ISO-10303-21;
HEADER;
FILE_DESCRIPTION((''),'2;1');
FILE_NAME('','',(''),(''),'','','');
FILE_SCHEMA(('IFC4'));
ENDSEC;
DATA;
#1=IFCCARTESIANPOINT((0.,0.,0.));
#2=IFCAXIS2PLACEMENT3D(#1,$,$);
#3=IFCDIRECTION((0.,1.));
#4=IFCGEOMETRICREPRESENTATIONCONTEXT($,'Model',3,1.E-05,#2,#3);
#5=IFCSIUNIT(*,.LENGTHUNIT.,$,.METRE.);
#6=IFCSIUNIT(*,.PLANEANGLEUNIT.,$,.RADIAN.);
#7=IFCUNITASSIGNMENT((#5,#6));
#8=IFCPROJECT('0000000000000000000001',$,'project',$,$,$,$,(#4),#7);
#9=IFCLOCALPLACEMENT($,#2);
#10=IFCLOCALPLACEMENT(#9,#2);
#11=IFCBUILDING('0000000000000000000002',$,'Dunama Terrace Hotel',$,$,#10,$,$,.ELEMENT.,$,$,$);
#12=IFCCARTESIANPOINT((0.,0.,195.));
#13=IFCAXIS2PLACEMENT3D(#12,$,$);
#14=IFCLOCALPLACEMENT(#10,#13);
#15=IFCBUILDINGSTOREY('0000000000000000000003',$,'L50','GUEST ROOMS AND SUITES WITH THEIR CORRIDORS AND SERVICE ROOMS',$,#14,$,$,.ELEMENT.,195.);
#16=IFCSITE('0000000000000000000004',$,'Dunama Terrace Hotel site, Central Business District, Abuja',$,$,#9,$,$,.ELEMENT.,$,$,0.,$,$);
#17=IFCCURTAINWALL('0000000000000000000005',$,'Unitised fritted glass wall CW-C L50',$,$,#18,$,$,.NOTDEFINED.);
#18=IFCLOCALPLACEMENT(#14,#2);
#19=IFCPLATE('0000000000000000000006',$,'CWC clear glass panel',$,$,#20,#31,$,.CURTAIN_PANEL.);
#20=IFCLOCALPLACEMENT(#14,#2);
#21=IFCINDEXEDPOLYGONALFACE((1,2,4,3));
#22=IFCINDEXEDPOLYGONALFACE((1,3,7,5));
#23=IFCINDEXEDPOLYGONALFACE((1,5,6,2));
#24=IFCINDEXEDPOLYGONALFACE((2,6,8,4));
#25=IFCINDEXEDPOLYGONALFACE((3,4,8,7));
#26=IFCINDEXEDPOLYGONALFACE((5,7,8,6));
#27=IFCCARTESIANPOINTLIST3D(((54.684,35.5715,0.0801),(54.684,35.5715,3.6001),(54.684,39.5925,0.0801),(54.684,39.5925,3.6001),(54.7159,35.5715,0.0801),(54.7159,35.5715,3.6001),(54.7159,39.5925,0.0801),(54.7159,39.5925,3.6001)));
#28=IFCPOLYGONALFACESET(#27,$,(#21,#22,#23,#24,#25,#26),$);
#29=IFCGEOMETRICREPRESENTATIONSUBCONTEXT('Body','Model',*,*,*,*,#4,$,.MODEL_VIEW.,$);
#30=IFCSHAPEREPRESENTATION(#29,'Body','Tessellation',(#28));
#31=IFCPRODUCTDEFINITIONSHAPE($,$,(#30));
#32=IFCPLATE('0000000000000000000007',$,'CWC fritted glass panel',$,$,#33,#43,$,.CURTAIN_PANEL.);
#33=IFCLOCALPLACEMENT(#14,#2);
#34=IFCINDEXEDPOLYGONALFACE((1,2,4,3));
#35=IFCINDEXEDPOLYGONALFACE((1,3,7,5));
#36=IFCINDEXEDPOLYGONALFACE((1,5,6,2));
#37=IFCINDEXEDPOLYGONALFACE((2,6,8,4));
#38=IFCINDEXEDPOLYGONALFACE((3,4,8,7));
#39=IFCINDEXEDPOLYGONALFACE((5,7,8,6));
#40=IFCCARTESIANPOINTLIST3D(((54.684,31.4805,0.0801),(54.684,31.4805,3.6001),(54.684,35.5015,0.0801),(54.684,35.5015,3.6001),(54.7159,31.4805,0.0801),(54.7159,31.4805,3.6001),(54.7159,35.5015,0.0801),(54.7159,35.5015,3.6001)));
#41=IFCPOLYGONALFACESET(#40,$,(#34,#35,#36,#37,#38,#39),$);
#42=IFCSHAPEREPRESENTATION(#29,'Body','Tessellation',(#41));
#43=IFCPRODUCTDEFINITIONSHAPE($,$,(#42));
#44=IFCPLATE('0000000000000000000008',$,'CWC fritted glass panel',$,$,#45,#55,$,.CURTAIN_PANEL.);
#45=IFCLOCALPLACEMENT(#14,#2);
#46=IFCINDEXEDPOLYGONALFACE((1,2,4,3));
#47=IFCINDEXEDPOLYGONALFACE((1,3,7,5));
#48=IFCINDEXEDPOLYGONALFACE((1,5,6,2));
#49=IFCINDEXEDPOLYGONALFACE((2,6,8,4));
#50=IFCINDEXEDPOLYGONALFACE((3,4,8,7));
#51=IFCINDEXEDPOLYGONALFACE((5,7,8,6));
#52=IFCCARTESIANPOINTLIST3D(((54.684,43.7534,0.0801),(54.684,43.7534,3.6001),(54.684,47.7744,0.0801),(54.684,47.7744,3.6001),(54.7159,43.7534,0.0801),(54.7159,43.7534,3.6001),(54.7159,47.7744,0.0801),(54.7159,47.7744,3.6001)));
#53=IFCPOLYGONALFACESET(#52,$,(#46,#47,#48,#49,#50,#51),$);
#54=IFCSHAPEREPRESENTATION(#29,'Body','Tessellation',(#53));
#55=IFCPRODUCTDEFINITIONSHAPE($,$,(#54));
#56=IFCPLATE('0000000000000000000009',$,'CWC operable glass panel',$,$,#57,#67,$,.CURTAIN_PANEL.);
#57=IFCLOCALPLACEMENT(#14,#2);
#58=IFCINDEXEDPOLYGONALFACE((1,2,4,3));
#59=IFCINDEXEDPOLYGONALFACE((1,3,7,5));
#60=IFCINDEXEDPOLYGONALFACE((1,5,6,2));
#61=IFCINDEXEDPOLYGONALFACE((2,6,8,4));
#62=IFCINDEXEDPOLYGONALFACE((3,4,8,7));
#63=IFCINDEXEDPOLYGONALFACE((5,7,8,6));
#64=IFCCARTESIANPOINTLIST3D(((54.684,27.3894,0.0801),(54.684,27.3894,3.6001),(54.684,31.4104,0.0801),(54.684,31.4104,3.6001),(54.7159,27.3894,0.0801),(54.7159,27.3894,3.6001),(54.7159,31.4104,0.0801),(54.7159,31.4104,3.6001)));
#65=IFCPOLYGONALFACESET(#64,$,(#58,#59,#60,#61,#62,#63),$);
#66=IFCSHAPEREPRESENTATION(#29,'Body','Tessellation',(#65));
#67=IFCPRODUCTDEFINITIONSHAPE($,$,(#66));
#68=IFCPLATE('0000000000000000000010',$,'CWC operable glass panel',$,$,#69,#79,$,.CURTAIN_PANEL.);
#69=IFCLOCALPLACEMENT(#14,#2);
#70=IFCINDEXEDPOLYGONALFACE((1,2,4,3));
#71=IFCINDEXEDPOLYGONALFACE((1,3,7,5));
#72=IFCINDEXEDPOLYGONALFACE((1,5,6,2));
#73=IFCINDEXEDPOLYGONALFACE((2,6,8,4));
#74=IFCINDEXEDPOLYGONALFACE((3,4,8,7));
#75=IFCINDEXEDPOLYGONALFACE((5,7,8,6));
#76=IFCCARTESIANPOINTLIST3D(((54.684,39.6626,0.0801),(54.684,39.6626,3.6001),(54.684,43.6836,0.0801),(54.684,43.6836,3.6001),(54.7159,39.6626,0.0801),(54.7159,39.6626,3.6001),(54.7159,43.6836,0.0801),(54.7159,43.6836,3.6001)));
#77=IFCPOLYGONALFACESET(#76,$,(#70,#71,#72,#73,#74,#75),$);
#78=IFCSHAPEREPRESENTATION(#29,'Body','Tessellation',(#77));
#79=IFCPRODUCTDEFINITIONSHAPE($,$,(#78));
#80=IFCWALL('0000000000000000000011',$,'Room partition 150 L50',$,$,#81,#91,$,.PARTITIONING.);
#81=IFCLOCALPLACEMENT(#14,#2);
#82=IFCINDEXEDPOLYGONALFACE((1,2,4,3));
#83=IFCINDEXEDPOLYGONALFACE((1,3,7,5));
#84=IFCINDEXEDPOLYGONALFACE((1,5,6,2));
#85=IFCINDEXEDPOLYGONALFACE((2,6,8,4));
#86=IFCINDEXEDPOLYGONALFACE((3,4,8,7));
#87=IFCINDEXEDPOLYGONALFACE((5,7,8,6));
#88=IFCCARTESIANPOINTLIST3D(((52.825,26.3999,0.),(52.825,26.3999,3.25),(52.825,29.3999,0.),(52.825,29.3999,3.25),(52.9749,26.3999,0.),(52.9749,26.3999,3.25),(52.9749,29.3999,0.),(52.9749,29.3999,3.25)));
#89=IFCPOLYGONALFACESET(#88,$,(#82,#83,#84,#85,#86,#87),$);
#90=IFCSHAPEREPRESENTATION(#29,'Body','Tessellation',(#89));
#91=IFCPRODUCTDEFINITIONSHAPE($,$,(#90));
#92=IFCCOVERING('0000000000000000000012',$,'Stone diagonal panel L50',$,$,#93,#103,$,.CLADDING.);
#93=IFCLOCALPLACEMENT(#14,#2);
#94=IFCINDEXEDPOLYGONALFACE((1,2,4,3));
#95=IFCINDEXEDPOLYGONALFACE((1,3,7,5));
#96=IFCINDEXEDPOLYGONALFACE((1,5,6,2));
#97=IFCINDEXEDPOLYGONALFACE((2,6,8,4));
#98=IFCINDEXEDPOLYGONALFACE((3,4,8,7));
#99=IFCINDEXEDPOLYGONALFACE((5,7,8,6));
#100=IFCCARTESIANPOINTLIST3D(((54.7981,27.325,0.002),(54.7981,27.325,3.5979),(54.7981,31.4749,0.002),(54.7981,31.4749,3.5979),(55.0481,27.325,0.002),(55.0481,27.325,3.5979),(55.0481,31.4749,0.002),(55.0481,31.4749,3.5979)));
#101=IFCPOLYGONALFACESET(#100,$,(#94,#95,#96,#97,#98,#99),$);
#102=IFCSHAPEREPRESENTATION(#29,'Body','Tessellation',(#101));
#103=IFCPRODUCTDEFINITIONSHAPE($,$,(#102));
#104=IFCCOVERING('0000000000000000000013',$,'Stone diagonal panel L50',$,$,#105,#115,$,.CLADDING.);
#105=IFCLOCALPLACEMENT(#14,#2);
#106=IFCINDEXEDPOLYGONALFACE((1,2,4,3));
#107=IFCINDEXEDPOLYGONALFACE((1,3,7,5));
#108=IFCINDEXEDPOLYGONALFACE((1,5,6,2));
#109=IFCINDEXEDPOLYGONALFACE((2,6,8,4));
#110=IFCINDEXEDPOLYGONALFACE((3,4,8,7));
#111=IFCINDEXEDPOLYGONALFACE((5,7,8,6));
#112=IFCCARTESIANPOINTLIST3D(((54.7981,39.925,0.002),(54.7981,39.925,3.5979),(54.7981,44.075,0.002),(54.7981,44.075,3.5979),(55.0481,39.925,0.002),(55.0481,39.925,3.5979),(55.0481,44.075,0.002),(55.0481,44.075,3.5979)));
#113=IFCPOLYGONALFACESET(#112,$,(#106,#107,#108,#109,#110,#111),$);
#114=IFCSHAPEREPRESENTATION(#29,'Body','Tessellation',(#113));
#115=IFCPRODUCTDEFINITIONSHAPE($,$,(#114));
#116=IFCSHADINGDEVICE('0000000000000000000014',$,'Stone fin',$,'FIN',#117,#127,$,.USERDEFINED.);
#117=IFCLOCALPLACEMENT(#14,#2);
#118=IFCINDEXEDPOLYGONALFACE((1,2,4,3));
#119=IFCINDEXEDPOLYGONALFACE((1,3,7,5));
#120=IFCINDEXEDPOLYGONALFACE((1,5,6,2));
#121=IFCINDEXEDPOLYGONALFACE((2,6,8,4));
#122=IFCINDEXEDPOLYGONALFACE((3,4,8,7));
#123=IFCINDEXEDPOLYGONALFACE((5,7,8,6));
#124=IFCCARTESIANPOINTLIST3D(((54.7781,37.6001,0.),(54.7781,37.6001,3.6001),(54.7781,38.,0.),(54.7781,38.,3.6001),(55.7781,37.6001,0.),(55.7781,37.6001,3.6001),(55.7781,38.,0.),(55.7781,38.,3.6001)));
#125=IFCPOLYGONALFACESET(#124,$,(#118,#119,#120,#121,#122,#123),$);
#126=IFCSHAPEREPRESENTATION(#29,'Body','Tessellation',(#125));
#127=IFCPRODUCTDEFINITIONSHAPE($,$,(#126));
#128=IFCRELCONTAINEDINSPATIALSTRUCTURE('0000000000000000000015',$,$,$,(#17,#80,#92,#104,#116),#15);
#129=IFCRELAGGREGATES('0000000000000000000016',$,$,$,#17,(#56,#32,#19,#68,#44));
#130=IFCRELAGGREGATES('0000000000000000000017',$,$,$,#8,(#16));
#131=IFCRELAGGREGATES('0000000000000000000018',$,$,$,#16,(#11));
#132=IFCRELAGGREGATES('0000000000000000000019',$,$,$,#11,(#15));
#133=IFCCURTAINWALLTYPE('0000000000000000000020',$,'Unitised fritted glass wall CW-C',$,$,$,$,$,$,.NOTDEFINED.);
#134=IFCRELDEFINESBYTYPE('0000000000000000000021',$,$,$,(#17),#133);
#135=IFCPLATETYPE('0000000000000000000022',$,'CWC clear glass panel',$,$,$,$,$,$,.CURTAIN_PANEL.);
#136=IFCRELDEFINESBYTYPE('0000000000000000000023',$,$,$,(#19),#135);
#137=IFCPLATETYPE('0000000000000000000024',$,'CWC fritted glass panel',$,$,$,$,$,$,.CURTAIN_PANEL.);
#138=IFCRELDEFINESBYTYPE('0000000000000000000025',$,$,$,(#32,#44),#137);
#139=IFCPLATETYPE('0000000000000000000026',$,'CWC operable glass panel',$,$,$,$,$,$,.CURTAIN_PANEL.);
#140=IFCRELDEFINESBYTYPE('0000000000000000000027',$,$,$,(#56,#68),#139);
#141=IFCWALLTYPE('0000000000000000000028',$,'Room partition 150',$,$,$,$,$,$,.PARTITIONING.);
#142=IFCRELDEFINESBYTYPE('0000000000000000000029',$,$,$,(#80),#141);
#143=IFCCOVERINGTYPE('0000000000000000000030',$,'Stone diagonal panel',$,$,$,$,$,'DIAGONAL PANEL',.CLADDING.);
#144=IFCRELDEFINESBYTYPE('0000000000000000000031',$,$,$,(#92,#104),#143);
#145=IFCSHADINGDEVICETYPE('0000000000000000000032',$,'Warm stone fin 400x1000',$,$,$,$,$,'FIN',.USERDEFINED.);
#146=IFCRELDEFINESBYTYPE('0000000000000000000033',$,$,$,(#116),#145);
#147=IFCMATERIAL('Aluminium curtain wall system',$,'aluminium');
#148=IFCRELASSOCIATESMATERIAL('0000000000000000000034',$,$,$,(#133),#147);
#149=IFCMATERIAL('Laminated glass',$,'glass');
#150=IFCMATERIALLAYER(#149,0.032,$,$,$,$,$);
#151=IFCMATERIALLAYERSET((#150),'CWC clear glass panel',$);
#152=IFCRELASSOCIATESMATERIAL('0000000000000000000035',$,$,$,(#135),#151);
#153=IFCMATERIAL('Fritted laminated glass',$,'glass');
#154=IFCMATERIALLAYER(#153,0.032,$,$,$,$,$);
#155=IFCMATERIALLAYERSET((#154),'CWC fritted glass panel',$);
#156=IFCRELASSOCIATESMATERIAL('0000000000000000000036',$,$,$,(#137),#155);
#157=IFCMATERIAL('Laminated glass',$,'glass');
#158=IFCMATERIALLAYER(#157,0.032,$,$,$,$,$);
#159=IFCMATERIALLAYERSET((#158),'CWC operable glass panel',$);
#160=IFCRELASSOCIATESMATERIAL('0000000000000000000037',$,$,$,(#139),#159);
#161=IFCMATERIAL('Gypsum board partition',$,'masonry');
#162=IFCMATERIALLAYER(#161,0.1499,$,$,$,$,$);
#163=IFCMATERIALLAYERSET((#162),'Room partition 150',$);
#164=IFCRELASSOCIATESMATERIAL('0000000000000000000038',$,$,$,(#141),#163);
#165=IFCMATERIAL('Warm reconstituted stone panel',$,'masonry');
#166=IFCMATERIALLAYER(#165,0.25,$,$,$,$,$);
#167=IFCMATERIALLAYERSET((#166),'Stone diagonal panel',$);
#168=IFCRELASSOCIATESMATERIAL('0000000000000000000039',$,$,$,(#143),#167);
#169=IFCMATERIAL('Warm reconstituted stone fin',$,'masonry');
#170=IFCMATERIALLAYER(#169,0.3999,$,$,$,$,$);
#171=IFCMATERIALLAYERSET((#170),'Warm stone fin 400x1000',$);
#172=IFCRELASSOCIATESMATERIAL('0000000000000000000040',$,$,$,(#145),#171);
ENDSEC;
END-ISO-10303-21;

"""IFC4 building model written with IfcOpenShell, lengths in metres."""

from ifc_helpers import new_model, si_unit, direction, frame, frame_2d, origin, origin_2d, place, context, subcontext, project, spatial, rectangle, extrude, material, layer, layer_set, type_object, element, aggregate, save


model = new_model("IFC4")

# Units and contexts
model_context = context("Model", 3, precision=1e-05, world=origin(), true_north=direction((0.0, 1.0)))
body_context = subcontext(model_context, "Body", "Model", "MODEL_VIEW")
ifc_project = project(units=[si_unit("LENGTHUNIT", "METRE"), si_unit("PLANEANGLEUNIT", "RADIAN")], contexts=[model_context])

# Site, building, storey
site_placement = place(None, origin())
site = spatial("IfcSite", under=ifc_project, at=site_placement, Name="Dunama Terrace Hotel site, Central Business District, Abuja", CompositionType="ELEMENT", RefElevation=0.0)
building_placement = place(site_placement, origin())
building = spatial("IfcBuilding", under=site, at=building_placement, Name="Dunama Terrace Hotel", CompositionType="ELEMENT")
storey_placement = place(building_placement, frame((0.0, 0.0, 195.0)))
storey = spatial("IfcBuildingStorey", under=building, at=storey_placement, Name="L50", Description="GUEST ROOMS AND SUITES WITH THEIR CORRIDORS AND SERVICE ROOMS", CompositionType="ELEMENT", Elevation=195.0)

# Curtain wall
ifc_material_1 = material(Name="Aluminium curtain wall system", Category="aluminium")
curtain_wall_type = type_object("IfcCurtainWallType", Name="Unitised fritted glass wall CW-C", PredefinedType="NOTDEFINED", material=ifc_material_1)
curtain_wall_placement = place(storey_placement, origin())
curtain_wall = element("IfcCurtainWall", 1, at=curtain_wall_placement, inside=storey, type_object=curtain_wall_type, Name="Unitised fritted glass wall CW-C L50", PredefinedType="NOTDEFINED")

# Plates
ifc_material_2 = material(Name="Laminated glass", Category="glass")
ifc_layer_1 = layer(ifc_material_2, 0.032)
ifc_layer_set_1 = layer_set([ifc_layer_1], Name="CWC clear glass panel")
plate_type_1 = type_object("IfcPlateType", Name="CWC clear glass panel", PredefinedType="CURTAIN_PANEL", material=ifc_layer_set_1)
plate_1_placement = place(storey_placement, frame((54.7, 37.582, 0.0801), z_axis=(0.0, 0.0, 1.0), x_axis=(0.0, 1.0, 0.0)))
plate_1 = element("IfcPlate", 2, at=plate_1_placement, type_object=plate_type_1, Name="CWC clear glass panel", PredefinedType="CURTAIN_PANEL", context=body_context, shape_type="SweptSolid", body=[
    extrude(rectangle(XDim=4.021, YDim=0.032, at=origin_2d()), origin(), (0.0, 0.0, 1.0), 3.52),
])
ifc_material_3 = material(Name="Fritted laminated glass", Category="glass")
ifc_layer_2 = layer(ifc_material_3, 0.032)
ifc_layer_set_2 = layer_set([ifc_layer_2], Name="CWC fritted glass panel")
plate_type_2 = type_object("IfcPlateType", Name="CWC fritted glass panel", PredefinedType="CURTAIN_PANEL", material=ifc_layer_set_2)
plate_2_placement = place(storey_placement, frame((54.7, 33.491, 0.0801), z_axis=(0.0, 0.0, 1.0), x_axis=(0.0, 1.0, 0.0)))
plate_2 = element("IfcPlate", 3, at=plate_2_placement, type_object=plate_type_2, Name="CWC fritted glass panel", PredefinedType="CURTAIN_PANEL", context=body_context, shape_type="SweptSolid", body=[
    extrude(rectangle(XDim=4.021, YDim=0.032, at=origin_2d()), origin(), (0.0, 0.0, 1.0), 3.52),
])
plate_3_placement = place(storey_placement, frame((54.7, 45.7639, 0.0801), z_axis=(0.0, 0.0, 1.0), x_axis=(0.0, 1.0, 0.0)))
plate_3 = element("IfcPlate", 4, at=plate_3_placement, type_object=plate_type_2, Name="CWC fritted glass panel", PredefinedType="CURTAIN_PANEL", context=body_context, shape_type="SweptSolid", body=[
    extrude(rectangle(XDim=4.021, YDim=0.032, at=origin_2d()), origin(), (0.0, 0.0, 1.0), 3.52),
])
ifc_material_4 = material(Name="Laminated glass", Category="glass")
ifc_layer_3 = layer(ifc_material_4, 0.032)
ifc_layer_set_3 = layer_set([ifc_layer_3], Name="CWC operable glass panel")
plate_type_3 = type_object("IfcPlateType", Name="CWC operable glass panel", PredefinedType="CURTAIN_PANEL", material=ifc_layer_set_3)
plate_4_placement = place(storey_placement, frame((54.7, 29.3999, 0.0801), z_axis=(0.0, 0.0, 1.0), x_axis=(0.0, 1.0, 0.0)))
plate_4 = element("IfcPlate", 5, at=plate_4_placement, type_object=plate_type_3, Name="CWC operable glass panel", PredefinedType="CURTAIN_PANEL", context=body_context, shape_type="SweptSolid", body=[
    extrude(rectangle(XDim=4.021, YDim=0.032, at=origin_2d()), origin(), (0.0, 0.0, 1.0), 3.52),
])
plate_5_placement = place(storey_placement, frame((54.7, 41.6731, 0.0801), z_axis=(0.0, 0.0, 1.0), x_axis=(0.0, 1.0, 0.0)))
plate_5 = element("IfcPlate", 6, at=plate_5_placement, type_object=plate_type_3, Name="CWC operable glass panel", PredefinedType="CURTAIN_PANEL", context=body_context, shape_type="SweptSolid", body=[
    extrude(rectangle(XDim=4.021, YDim=0.032, at=origin_2d()), origin(), (0.0, 0.0, 1.0), 3.52),
])
aggregate(curtain_wall, [plate_4, plate_2, plate_1, plate_5, plate_3])

# Wall
ifc_material_5 = material(Name="Gypsum board partition", Category="masonry")
ifc_layer_4 = layer(ifc_material_5, 0.1499)
ifc_layer_set_4 = layer_set([ifc_layer_4], Name="Room partition 150")
wall_type = type_object("IfcWallType", Name="Room partition 150", PredefinedType="PARTITIONING", material=ifc_layer_set_4)
wall_placement = place(storey_placement, frame((52.8999, 26.3999, 0.0), z_axis=(0.0, 0.0, 1.0), x_axis=(0.0, 1.0, 0.0)))
element("IfcWall", 7, at=wall_placement, inside=storey, type_object=wall_type, Name="Room partition 150 L50", PredefinedType="PARTITIONING", context=body_context, shape_type="SweptSolid", body=[
    extrude(rectangle(XDim=3.0, YDim=0.1499, at=frame_2d((1.5, 0.0))), origin(), (0.0, 0.0, 1.0), 3.25),
])

# Coverings
ifc_material_6 = material(Name="Warm reconstituted stone panel", Category="masonry")
ifc_layer_5 = layer(ifc_material_6, 0.25)
ifc_layer_set_5 = layer_set([ifc_layer_5], Name="Stone diagonal panel")
covering_type = type_object("IfcCoveringType", Name="Stone diagonal panel", ElementType="DIAGONAL PANEL", PredefinedType="CLADDING", material=ifc_layer_set_5)
for number, where, z_axis, x_axis, name in (
    (8, (54.9231, 29.3999, 0.002), (0.0, 0.0, 1.0), (0.0, 1.0, 0.0), "Stone diagonal panel L50"),
    (9, (54.9231, 42.0, 0.002), (0.0, 0.0, 1.0), (0.0, 1.0, 0.0), "Stone diagonal panel L50"),
):
    element("IfcCovering", number, at=place(storey_placement, frame(where, z_axis=z_axis, x_axis=x_axis)), inside=storey, type_object=covering_type, Name=name, PredefinedType="CLADDING", context=body_context, shape_type="SweptSolid", body=[
        extrude(rectangle(XDim=4.1499, YDim=0.25, at=origin_2d()), origin(), (0.0, 0.0, 1.0), 3.5959),
    ])

# Shading device
ifc_material_7 = material(Name="Warm reconstituted stone fin", Category="masonry")
ifc_layer_6 = layer(ifc_material_7, 0.3999)
ifc_layer_set_6 = layer_set([ifc_layer_6], Name="Warm stone fin 400x1000")
shading_device_type = type_object("IfcShadingDeviceType", Name="Warm stone fin 400x1000", ElementType="FIN", PredefinedType="USERDEFINED", material=ifc_layer_set_6)
shading_device_placement = place(storey_placement, frame((55.2781, 37.8, 0.0), z_axis=(0.0, 0.0, 1.0), x_axis=(0.0, 1.0, 0.0)))
element("IfcShadingDevice", 10, at=shading_device_placement, inside=storey, type_object=shading_device_type, Name="Stone fin", ObjectType="FIN", PredefinedType="USERDEFINED", context=body_context, shape_type="SweptSolid", body=[
    extrude(rectangle(XDim=0.3999, YDim=1.0, at=origin_2d()), origin(), (0.0, 0.0, 1.0), 3.6001),
])

save(model, "model.ifc")
